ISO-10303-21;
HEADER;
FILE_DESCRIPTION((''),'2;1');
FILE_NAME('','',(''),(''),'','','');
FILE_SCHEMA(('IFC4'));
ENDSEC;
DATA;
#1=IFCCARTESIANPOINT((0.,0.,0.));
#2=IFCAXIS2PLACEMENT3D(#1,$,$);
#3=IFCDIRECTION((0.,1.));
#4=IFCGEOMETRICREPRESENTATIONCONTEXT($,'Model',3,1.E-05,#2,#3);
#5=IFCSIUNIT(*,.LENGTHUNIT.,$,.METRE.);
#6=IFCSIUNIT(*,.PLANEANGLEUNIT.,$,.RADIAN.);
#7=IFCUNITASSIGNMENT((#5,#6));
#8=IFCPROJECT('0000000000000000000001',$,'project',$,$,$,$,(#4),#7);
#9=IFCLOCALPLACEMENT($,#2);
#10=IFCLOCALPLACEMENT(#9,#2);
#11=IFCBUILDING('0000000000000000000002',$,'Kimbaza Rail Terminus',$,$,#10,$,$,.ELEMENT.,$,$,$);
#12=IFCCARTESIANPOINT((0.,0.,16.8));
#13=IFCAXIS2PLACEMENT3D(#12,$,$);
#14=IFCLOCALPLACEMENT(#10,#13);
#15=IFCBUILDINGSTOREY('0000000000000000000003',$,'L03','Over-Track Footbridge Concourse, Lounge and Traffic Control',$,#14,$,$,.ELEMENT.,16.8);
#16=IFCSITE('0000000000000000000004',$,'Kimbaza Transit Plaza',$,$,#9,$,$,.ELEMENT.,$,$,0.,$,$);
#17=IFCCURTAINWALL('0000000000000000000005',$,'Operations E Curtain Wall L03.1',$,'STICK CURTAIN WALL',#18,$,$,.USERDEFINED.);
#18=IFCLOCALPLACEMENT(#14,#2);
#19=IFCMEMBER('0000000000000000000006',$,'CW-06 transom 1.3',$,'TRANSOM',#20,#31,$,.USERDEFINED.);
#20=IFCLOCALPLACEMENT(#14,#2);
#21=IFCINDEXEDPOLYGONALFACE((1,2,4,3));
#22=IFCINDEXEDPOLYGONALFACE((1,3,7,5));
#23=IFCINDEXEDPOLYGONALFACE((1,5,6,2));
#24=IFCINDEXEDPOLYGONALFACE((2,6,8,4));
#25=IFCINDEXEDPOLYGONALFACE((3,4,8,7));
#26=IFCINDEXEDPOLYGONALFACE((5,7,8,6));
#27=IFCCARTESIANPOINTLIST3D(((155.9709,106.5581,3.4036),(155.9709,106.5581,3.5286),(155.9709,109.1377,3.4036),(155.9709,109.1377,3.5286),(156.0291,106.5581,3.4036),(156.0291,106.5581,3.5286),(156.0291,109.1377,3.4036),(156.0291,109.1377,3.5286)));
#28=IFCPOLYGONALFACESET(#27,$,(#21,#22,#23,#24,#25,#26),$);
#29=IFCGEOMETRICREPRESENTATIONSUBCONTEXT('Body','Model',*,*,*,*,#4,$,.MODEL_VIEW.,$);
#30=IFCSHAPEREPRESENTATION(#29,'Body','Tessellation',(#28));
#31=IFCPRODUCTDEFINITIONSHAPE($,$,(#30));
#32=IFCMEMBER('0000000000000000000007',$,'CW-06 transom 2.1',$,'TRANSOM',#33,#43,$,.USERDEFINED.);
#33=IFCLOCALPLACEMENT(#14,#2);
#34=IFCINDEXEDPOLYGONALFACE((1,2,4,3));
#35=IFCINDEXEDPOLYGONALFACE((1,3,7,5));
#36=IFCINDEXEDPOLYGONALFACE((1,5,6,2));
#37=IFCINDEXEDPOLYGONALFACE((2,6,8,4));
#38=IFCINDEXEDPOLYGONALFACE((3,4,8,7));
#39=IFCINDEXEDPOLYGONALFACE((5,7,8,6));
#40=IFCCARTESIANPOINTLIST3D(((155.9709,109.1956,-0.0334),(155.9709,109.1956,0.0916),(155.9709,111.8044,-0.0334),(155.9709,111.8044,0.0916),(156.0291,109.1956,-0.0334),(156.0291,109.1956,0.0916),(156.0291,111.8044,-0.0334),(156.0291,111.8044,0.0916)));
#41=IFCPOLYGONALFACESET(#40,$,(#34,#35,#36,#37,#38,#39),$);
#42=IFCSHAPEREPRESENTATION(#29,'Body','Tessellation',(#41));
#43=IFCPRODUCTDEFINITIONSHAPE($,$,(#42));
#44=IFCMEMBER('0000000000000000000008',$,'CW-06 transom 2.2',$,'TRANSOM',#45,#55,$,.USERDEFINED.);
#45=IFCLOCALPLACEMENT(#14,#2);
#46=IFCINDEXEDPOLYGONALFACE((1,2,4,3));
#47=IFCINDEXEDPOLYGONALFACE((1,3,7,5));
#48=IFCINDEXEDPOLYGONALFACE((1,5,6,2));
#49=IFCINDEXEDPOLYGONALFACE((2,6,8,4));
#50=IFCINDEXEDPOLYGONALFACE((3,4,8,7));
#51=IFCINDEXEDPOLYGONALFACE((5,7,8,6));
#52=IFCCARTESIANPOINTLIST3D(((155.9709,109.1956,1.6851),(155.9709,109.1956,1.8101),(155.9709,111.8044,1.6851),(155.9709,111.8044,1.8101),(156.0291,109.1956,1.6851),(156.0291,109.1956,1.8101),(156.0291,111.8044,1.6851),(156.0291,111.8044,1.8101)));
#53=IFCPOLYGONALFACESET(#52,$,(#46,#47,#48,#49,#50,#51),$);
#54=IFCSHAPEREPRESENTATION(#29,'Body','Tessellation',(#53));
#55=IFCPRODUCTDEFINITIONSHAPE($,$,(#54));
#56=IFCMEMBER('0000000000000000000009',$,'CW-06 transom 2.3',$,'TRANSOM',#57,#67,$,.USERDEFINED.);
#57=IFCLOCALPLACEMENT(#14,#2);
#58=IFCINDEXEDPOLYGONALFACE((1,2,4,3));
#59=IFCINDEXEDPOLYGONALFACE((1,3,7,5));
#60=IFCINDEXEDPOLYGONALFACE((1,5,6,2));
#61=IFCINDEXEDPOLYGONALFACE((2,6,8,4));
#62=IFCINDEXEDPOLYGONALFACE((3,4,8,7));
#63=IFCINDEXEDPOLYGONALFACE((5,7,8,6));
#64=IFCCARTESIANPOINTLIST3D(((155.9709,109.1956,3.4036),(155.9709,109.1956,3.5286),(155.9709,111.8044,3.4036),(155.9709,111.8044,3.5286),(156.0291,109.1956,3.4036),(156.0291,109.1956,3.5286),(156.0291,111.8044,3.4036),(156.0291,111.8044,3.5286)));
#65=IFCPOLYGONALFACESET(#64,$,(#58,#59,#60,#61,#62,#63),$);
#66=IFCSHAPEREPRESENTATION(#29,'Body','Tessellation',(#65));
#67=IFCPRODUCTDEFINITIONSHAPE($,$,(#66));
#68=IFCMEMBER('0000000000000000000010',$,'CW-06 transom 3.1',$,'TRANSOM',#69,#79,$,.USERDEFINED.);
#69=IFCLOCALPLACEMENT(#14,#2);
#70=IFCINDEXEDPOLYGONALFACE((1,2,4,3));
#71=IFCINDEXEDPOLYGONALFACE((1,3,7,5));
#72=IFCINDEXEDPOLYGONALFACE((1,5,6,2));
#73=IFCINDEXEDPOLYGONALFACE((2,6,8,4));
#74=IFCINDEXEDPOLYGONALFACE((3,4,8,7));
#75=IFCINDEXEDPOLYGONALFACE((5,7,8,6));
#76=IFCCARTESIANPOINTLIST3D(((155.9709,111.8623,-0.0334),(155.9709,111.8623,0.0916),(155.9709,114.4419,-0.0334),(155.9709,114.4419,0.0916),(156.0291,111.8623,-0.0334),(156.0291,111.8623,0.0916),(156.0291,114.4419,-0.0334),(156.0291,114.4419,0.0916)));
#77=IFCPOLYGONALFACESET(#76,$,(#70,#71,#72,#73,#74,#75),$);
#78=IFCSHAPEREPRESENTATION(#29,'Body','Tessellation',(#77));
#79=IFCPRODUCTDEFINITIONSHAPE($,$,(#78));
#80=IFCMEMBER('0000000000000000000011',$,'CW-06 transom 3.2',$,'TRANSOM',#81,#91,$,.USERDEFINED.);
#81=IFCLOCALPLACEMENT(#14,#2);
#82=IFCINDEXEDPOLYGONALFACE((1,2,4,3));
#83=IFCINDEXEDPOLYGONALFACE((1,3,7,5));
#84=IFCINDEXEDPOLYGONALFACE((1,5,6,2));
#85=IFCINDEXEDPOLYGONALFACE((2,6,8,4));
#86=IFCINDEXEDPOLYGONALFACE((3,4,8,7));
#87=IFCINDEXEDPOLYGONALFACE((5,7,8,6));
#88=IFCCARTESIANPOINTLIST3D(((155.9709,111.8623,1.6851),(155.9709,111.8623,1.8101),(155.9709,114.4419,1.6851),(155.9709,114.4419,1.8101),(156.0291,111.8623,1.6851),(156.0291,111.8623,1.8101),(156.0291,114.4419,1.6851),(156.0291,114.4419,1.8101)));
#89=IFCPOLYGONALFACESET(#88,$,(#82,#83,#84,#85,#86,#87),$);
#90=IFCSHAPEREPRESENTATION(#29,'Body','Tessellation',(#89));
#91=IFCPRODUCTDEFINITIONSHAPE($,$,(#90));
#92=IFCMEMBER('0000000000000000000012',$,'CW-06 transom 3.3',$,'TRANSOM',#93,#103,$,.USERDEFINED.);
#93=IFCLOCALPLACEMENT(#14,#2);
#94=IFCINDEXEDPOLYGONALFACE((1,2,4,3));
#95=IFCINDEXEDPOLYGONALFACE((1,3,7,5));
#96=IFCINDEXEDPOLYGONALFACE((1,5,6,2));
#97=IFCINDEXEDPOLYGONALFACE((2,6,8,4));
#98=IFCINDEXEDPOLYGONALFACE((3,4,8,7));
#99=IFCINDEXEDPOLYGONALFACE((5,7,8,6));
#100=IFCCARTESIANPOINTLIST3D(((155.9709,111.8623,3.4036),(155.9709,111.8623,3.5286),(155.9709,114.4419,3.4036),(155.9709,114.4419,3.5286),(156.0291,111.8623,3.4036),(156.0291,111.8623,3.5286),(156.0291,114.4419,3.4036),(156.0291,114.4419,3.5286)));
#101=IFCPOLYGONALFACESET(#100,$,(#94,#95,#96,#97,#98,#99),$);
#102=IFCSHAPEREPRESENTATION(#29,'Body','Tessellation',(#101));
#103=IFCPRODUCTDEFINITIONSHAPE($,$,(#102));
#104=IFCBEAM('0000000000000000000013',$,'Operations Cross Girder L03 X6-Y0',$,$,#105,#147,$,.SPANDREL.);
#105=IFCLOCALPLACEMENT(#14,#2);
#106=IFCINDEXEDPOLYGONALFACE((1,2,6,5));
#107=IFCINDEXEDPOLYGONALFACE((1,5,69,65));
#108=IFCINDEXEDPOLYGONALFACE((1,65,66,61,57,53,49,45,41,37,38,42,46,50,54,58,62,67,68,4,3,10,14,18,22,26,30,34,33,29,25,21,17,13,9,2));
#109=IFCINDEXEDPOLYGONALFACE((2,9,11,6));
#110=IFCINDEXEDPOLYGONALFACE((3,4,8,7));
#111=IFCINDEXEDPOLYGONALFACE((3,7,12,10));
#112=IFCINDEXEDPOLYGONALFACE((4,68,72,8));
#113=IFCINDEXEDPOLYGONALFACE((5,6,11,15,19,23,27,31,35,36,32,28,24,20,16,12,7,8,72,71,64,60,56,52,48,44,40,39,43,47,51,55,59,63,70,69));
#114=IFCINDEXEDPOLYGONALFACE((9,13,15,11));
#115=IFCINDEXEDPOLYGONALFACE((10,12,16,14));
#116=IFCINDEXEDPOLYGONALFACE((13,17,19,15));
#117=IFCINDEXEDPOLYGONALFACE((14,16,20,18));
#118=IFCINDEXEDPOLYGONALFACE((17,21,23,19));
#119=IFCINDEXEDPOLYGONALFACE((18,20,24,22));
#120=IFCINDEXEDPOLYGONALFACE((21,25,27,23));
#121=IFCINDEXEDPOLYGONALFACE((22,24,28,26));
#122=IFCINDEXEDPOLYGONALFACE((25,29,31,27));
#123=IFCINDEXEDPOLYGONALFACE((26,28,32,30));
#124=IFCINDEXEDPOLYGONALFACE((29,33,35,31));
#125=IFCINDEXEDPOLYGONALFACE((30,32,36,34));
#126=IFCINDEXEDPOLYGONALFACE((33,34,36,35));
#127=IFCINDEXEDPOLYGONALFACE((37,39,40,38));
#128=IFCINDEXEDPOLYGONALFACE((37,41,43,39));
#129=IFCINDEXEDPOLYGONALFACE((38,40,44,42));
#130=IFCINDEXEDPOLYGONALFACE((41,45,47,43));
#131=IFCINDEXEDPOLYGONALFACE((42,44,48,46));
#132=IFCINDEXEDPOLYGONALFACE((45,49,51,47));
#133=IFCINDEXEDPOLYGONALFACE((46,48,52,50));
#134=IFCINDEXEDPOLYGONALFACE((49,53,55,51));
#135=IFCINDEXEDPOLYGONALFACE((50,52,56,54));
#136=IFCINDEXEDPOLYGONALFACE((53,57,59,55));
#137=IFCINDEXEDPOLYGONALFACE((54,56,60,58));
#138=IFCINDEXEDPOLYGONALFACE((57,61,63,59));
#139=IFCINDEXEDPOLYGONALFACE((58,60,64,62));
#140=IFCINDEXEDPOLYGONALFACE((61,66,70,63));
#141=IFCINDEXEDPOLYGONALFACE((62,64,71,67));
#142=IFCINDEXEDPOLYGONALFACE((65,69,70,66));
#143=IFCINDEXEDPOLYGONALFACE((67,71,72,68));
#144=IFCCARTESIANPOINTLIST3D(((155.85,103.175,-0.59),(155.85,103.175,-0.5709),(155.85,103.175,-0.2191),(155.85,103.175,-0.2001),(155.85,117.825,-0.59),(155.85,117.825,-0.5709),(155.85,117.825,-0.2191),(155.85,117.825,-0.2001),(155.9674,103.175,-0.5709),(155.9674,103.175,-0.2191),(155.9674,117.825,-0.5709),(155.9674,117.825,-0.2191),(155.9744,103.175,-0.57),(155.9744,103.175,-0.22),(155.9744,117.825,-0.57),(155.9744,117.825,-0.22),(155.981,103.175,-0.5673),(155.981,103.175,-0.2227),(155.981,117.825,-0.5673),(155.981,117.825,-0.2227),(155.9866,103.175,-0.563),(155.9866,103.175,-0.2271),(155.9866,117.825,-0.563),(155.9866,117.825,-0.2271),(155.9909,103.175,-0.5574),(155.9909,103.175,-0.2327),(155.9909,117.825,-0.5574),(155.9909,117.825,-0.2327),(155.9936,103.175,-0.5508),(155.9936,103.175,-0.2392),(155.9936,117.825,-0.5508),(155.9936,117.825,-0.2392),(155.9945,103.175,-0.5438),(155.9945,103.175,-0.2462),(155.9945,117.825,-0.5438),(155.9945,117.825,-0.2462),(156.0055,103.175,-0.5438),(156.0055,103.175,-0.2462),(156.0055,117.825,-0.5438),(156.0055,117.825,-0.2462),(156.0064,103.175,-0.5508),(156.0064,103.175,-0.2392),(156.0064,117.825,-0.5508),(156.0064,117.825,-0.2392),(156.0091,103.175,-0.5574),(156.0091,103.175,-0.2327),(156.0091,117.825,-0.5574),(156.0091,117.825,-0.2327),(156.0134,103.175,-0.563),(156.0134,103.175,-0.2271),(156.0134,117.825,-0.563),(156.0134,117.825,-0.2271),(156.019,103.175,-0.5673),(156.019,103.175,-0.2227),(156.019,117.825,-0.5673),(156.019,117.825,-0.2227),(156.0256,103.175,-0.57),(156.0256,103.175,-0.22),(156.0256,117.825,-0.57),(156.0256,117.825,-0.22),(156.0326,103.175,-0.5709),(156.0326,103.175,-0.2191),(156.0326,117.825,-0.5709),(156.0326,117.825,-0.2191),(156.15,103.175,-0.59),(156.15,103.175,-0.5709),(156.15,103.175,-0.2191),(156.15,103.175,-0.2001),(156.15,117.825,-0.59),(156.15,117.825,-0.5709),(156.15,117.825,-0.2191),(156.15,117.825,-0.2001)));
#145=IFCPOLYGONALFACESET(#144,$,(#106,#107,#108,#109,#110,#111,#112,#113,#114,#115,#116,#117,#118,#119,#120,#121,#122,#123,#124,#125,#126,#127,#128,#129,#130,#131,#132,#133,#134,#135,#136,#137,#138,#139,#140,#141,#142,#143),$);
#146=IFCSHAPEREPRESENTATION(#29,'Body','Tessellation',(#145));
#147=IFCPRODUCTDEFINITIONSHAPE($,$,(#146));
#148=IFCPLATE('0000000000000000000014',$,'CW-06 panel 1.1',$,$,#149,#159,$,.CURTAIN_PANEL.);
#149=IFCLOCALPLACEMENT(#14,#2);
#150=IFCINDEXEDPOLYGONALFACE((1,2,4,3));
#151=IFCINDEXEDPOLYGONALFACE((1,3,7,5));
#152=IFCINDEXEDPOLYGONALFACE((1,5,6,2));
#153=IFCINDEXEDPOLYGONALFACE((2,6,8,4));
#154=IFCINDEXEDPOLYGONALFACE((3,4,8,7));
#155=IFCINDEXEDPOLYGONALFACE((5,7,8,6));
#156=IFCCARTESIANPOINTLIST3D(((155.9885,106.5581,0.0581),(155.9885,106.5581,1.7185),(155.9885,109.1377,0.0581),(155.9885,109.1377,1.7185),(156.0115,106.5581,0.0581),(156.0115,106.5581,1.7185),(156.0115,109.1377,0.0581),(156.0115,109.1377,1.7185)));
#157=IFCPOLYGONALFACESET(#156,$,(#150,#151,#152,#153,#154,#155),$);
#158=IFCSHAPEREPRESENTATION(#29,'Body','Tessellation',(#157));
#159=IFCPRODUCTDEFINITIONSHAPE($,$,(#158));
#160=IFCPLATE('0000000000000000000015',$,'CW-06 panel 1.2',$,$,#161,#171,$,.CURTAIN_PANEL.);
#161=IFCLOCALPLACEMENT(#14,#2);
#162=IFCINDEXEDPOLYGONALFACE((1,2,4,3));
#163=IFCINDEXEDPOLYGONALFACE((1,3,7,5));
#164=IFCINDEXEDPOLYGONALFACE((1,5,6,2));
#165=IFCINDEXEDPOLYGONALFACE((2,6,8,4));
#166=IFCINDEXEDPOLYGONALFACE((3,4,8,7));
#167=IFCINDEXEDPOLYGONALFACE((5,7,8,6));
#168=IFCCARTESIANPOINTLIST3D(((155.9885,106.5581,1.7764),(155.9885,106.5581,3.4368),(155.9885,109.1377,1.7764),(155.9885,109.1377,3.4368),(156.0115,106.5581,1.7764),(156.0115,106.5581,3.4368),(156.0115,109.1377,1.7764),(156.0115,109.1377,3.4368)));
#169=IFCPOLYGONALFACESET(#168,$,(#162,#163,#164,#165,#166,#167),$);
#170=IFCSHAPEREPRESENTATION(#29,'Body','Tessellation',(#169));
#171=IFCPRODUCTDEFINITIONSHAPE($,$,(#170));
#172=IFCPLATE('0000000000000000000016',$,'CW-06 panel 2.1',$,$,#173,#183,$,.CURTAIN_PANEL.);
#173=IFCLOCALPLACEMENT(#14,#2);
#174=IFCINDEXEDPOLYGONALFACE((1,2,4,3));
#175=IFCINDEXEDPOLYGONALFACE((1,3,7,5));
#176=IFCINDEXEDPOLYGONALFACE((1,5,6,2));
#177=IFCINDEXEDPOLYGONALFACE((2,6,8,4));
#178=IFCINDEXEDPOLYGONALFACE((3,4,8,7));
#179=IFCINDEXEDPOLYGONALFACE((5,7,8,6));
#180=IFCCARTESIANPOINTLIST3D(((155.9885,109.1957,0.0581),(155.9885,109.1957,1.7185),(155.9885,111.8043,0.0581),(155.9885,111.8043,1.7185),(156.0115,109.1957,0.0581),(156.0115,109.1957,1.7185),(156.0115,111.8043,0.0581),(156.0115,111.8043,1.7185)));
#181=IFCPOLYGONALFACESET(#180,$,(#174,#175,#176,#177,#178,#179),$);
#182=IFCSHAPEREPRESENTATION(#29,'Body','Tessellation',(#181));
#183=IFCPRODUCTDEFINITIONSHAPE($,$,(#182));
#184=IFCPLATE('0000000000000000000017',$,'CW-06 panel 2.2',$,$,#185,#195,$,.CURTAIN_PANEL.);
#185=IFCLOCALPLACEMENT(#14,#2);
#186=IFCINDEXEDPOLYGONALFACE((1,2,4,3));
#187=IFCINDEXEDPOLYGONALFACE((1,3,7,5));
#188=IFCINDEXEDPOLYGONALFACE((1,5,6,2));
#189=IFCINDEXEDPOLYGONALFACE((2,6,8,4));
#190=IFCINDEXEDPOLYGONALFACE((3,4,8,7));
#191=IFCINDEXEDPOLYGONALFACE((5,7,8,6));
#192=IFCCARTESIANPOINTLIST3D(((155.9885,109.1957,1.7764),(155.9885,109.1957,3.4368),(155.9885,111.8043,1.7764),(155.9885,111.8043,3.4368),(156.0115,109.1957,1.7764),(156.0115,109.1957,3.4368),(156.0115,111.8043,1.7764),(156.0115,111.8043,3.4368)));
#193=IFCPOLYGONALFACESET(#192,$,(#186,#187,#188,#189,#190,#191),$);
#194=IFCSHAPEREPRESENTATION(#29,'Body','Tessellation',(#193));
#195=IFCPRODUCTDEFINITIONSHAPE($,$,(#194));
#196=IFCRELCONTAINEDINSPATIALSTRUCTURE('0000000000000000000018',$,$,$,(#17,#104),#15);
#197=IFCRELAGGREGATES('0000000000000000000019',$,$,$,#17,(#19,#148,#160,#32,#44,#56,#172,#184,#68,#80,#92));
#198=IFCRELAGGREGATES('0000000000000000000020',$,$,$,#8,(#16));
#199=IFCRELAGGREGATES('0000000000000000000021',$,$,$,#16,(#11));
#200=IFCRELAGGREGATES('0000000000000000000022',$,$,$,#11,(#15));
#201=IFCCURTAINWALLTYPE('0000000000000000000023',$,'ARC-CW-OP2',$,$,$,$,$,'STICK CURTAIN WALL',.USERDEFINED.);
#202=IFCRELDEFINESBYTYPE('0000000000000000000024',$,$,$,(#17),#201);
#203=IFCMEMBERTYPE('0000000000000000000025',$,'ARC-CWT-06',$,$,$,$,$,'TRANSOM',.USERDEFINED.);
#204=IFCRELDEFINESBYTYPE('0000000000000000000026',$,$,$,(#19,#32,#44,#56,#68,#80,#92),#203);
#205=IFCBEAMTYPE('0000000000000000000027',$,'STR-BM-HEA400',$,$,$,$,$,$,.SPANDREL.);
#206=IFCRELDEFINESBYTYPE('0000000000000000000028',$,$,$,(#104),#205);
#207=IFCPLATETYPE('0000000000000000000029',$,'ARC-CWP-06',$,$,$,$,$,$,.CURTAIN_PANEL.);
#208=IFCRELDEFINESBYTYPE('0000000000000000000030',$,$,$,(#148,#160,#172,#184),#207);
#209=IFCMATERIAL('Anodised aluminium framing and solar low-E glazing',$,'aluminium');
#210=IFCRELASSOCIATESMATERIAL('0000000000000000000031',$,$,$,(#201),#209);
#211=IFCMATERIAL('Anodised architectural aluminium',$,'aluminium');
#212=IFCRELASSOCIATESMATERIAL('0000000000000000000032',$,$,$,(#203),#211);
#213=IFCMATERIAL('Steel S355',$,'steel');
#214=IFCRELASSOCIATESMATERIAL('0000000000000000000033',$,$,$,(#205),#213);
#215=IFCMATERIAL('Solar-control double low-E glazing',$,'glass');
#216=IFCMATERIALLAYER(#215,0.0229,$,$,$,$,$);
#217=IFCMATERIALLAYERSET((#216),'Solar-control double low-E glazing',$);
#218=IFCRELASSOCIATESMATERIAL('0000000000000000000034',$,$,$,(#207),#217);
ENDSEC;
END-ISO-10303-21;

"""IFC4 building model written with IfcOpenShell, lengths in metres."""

from ifc_helpers import new_model, si_unit, direction, frame, origin, origin_2d, place, context, subcontext, project, spatial, rectangle, i_section, extrude, material, layer, layer_set, material_profile, profile_set, type_object, element, aggregate, save


model = new_model("IFC4")

# Units and contexts
model_context = context("Model", 3, precision=1e-05, world=origin(), true_north=direction((0.0, 1.0)))
body_context = subcontext(model_context, "Body", "Model", "MODEL_VIEW")
ifc_project = project(units=[si_unit("LENGTHUNIT", "METRE"), si_unit("PLANEANGLEUNIT", "RADIAN")], contexts=[model_context])

# Site, building, storey
site_placement = place(None, origin())
site = spatial("IfcSite", under=ifc_project, at=site_placement, Name="Kimbaza Transit Plaza", CompositionType="ELEMENT", RefElevation=0.0)
building_placement = place(site_placement, origin())
building = spatial("IfcBuilding", under=site, at=building_placement, Name="Kimbaza Rail Terminus", CompositionType="ELEMENT")
storey_placement = place(building_placement, frame((0.0, 0.0, 16.8)))
storey = spatial("IfcBuildingStorey", under=building, at=storey_placement, Name="L03", Description="Over-Track Footbridge Concourse, Lounge and Traffic Control", CompositionType="ELEMENT", Elevation=16.8)

# Shared definitions
ifc_material_1 = material(Name="Anodised aluminium framing and solar low-E glazing", Category="aluminium")
curtain_wall_type = type_object("IfcCurtainWallType", Name="ARC-CW-OP2", ElementType="STICK CURTAIN WALL", PredefinedType="USERDEFINED", material=ifc_material_1)

# Curtain wall, members
curtain_wall_1_placement = place(storey_placement, origin())
curtain_wall_1 = element("IfcCurtainWall", 1, at=curtain_wall_1_placement, inside=storey, type_object=curtain_wall_type, Name="Operations E Curtain Wall L03.1", ObjectType="STICK CURTAIN WALL", PredefinedType="USERDEFINED")
ifc_material_2 = material(Name="Anodised architectural aluminium", Category="aluminium")
ifc_material_profile_1 = material_profile(ifc_material_2, rectangle(XDim=0.0581, YDim=0.125, at=origin_2d()), Name="TRANSOM 58x125")
ifc_profile_set_1 = profile_set([ifc_material_profile_1], Name="Anodised architectural aluminium")
member_type_1 = type_object("IfcMemberType", Name="ARC-CWT-06", ElementType="TRANSOM", PredefinedType="USERDEFINED", material=ifc_profile_set_1)
member_1_placement = place(storey_placement, frame((156.0, 106.5581, 3.4661), z_axis=(0.0, 1.0, 0.0), x_axis=(-1.0, 0.0, 0.0)))
member_1 = element("IfcMember", 2, at=member_1_placement, type_object=member_type_1, Name="CW-06 transom 1.3", ObjectType="TRANSOM", PredefinedType="USERDEFINED", context=body_context, shape_type="SweptSolid", body=[
    extrude(rectangle(XDim=0.0581, YDim=0.125, at=origin_2d()), origin(), (0.0, 0.0, 1.0), 2.5796),
])
member_2_placement = place(storey_placement, frame((156.0, 109.1956, 0.0291), z_axis=(0.0, 1.0, 0.0), x_axis=(-1.0, 0.0, 0.0)))
member_2 = element("IfcMember", 3, at=member_2_placement, type_object=member_type_1, Name="CW-06 transom 2.1", ObjectType="TRANSOM", PredefinedType="USERDEFINED", context=body_context, shape_type="SweptSolid", body=[
    extrude(rectangle(XDim=0.0581, YDim=0.125, at=origin_2d()), origin(), (0.0, 0.0, 1.0), 2.6089),
])
member_3_placement = place(storey_placement, frame((156.0, 109.1956, 1.7476), z_axis=(0.0, 1.0, 0.0), x_axis=(-1.0, 0.0, 0.0)))
member_3 = element("IfcMember", 4, at=member_3_placement, type_object=member_type_1, Name="CW-06 transom 2.2", ObjectType="TRANSOM", PredefinedType="USERDEFINED", context=body_context, shape_type="SweptSolid", body=[
    extrude(rectangle(XDim=0.0581, YDim=0.125, at=origin_2d()), origin(), (0.0, 0.0, 1.0), 2.6089),
])
member_4_placement = place(storey_placement, frame((156.0, 109.1956, 3.4661), z_axis=(0.0, 1.0, 0.0), x_axis=(-1.0, 0.0, 0.0)))
member_4 = element("IfcMember", 5, at=member_4_placement, type_object=member_type_1, Name="CW-06 transom 2.3", ObjectType="TRANSOM", PredefinedType="USERDEFINED", context=body_context, shape_type="SweptSolid", body=[
    extrude(rectangle(XDim=0.0581, YDim=0.125, at=origin_2d()), origin(), (0.0, 0.0, 1.0), 2.6089),
])
member_5_placement = place(storey_placement, frame((156.0, 111.8623, 0.0291), z_axis=(0.0, 1.0, 0.0), x_axis=(-1.0, 0.0, 0.0)))
member_5 = element("IfcMember", 6, at=member_5_placement, type_object=member_type_1, Name="CW-06 transom 3.1", ObjectType="TRANSOM", PredefinedType="USERDEFINED", context=body_context, shape_type="SweptSolid", body=[
    extrude(rectangle(XDim=0.0581, YDim=0.125, at=origin_2d()), origin(), (0.0, 0.0, 1.0), 2.5796),
])
member_6_placement = place(storey_placement, frame((156.0, 111.8623, 1.7476), z_axis=(0.0, 1.0, 0.0), x_axis=(-1.0, 0.0, 0.0)))
member_6 = element("IfcMember", 7, at=member_6_placement, type_object=member_type_1, Name="CW-06 transom 3.2", ObjectType="TRANSOM", PredefinedType="USERDEFINED", context=body_context, shape_type="SweptSolid", body=[
    extrude(rectangle(XDim=0.0581, YDim=0.125, at=origin_2d()), origin(), (0.0, 0.0, 1.0), 2.5796),
])
member_7_placement = place(storey_placement, frame((156.0, 111.8623, 3.4661), z_axis=(0.0, 1.0, 0.0), x_axis=(-1.0, 0.0, 0.0)))
member_7 = element("IfcMember", 8, at=member_7_placement, type_object=member_type_1, Name="CW-06 transom 3.3", ObjectType="TRANSOM", PredefinedType="USERDEFINED", context=body_context, shape_type="SweptSolid", body=[
    extrude(rectangle(XDim=0.0581, YDim=0.125, at=origin_2d()), origin(), (0.0, 0.0, 1.0), 2.5796),
])

# Beam
ifc_material_3 = material(Name="Steel S355", Category="steel")
ifc_material_profile_2 = material_profile(ifc_material_3, i_section(OverallWidth=0.3, OverallDepth=0.3899, WebThickness=0.011, FlangeThickness=0.019, FilletRadius=0.0271, at=origin_2d()), Name="HEA 400")
ifc_profile_set_2 = profile_set([ifc_material_profile_2], Name="Steel S355")
beam_type = type_object("IfcBeamType", Name="STR-BM-HEA400", PredefinedType="SPANDREL", material=ifc_profile_set_2)
beam_placement = place(storey_placement, frame((156.0, 103.175, -0.395), z_axis=(0.0, 1.0, 0.0), x_axis=(-1.0, 0.0, 0.0)))
element("IfcBeam", 9, at=beam_placement, inside=storey, type_object=beam_type, Name="Operations Cross Girder L03 X6-Y0", PredefinedType="SPANDREL", context=body_context, shape_type="SweptSolid", body=[
    extrude(i_section(OverallWidth=0.3, OverallDepth=0.3899, WebThickness=0.011, FlangeThickness=0.019, FilletRadius=0.0271, at=origin_2d()), origin(), (0.0, 0.0, 1.0), 14.6499),
])

# Plates
ifc_material_4 = material(Name="Solar-control double low-E glazing", Category="glass")
ifc_layer_1 = layer(ifc_material_4, 0.0229)
ifc_layer_set_1 = layer_set([ifc_layer_1], Name="Solar-control double low-E glazing")
plate_type = type_object("IfcPlateType", Name="ARC-CWP-06", PredefinedType="CURTAIN_PANEL", material=ifc_layer_set_1)
plate_1_placement = place(storey_placement, frame((156.0, 107.8479, 0.0581), z_axis=(0.0, 0.0, 1.0), x_axis=(0.0, 1.0, 0.0)))
plate_1 = element("IfcPlate", 10, at=plate_1_placement, type_object=plate_type, Name="CW-06 panel 1.1", PredefinedType="CURTAIN_PANEL", context=body_context, shape_type="SweptSolid", body=[
    extrude(rectangle(XDim=2.5796, YDim=0.0229, at=origin_2d()), origin(), (0.0, 0.0, 1.0), 1.6604),
])
plate_2_placement = place(storey_placement, frame((156.0, 107.8479, 1.7764), z_axis=(0.0, 0.0, 1.0), x_axis=(0.0, 1.0, 0.0)))
plate_2 = element("IfcPlate", 11, at=plate_2_placement, type_object=plate_type, Name="CW-06 panel 1.2", PredefinedType="CURTAIN_PANEL", context=body_context, shape_type="SweptSolid", body=[
    extrude(rectangle(XDim=2.5796, YDim=0.0229, at=origin_2d()), origin(), (0.0, 0.0, 1.0), 1.6604),
])
plate_3_placement = place(storey_placement, frame((156.0, 110.5, 0.0581), z_axis=(0.0, 0.0, 1.0), x_axis=(0.0, 1.0, 0.0)))
plate_3 = element("IfcPlate", 12, at=plate_3_placement, type_object=plate_type, Name="CW-06 panel 2.1", PredefinedType="CURTAIN_PANEL", context=body_context, shape_type="SweptSolid", body=[
    extrude(rectangle(XDim=2.6086, YDim=0.0229, at=origin_2d()), origin(), (0.0, 0.0, 1.0), 1.6604),
])
plate_4_placement = place(storey_placement, frame((156.0, 110.5, 1.7764), z_axis=(0.0, 0.0, 1.0), x_axis=(0.0, 1.0, 0.0)))
plate_4 = element("IfcPlate", 13, at=plate_4_placement, type_object=plate_type, Name="CW-06 panel 2.2", PredefinedType="CURTAIN_PANEL", context=body_context, shape_type="SweptSolid", body=[
    extrude(rectangle(XDim=2.6086, YDim=0.0229, at=origin_2d()), origin(), (0.0, 0.0, 1.0), 1.6604),
])
aggregate(curtain_wall_1, [member_1, plate_1, plate_2, member_2, member_3, member_4, plate_3, plate_4, member_5, member_6, member_7])

save(model, "model.ifc")
